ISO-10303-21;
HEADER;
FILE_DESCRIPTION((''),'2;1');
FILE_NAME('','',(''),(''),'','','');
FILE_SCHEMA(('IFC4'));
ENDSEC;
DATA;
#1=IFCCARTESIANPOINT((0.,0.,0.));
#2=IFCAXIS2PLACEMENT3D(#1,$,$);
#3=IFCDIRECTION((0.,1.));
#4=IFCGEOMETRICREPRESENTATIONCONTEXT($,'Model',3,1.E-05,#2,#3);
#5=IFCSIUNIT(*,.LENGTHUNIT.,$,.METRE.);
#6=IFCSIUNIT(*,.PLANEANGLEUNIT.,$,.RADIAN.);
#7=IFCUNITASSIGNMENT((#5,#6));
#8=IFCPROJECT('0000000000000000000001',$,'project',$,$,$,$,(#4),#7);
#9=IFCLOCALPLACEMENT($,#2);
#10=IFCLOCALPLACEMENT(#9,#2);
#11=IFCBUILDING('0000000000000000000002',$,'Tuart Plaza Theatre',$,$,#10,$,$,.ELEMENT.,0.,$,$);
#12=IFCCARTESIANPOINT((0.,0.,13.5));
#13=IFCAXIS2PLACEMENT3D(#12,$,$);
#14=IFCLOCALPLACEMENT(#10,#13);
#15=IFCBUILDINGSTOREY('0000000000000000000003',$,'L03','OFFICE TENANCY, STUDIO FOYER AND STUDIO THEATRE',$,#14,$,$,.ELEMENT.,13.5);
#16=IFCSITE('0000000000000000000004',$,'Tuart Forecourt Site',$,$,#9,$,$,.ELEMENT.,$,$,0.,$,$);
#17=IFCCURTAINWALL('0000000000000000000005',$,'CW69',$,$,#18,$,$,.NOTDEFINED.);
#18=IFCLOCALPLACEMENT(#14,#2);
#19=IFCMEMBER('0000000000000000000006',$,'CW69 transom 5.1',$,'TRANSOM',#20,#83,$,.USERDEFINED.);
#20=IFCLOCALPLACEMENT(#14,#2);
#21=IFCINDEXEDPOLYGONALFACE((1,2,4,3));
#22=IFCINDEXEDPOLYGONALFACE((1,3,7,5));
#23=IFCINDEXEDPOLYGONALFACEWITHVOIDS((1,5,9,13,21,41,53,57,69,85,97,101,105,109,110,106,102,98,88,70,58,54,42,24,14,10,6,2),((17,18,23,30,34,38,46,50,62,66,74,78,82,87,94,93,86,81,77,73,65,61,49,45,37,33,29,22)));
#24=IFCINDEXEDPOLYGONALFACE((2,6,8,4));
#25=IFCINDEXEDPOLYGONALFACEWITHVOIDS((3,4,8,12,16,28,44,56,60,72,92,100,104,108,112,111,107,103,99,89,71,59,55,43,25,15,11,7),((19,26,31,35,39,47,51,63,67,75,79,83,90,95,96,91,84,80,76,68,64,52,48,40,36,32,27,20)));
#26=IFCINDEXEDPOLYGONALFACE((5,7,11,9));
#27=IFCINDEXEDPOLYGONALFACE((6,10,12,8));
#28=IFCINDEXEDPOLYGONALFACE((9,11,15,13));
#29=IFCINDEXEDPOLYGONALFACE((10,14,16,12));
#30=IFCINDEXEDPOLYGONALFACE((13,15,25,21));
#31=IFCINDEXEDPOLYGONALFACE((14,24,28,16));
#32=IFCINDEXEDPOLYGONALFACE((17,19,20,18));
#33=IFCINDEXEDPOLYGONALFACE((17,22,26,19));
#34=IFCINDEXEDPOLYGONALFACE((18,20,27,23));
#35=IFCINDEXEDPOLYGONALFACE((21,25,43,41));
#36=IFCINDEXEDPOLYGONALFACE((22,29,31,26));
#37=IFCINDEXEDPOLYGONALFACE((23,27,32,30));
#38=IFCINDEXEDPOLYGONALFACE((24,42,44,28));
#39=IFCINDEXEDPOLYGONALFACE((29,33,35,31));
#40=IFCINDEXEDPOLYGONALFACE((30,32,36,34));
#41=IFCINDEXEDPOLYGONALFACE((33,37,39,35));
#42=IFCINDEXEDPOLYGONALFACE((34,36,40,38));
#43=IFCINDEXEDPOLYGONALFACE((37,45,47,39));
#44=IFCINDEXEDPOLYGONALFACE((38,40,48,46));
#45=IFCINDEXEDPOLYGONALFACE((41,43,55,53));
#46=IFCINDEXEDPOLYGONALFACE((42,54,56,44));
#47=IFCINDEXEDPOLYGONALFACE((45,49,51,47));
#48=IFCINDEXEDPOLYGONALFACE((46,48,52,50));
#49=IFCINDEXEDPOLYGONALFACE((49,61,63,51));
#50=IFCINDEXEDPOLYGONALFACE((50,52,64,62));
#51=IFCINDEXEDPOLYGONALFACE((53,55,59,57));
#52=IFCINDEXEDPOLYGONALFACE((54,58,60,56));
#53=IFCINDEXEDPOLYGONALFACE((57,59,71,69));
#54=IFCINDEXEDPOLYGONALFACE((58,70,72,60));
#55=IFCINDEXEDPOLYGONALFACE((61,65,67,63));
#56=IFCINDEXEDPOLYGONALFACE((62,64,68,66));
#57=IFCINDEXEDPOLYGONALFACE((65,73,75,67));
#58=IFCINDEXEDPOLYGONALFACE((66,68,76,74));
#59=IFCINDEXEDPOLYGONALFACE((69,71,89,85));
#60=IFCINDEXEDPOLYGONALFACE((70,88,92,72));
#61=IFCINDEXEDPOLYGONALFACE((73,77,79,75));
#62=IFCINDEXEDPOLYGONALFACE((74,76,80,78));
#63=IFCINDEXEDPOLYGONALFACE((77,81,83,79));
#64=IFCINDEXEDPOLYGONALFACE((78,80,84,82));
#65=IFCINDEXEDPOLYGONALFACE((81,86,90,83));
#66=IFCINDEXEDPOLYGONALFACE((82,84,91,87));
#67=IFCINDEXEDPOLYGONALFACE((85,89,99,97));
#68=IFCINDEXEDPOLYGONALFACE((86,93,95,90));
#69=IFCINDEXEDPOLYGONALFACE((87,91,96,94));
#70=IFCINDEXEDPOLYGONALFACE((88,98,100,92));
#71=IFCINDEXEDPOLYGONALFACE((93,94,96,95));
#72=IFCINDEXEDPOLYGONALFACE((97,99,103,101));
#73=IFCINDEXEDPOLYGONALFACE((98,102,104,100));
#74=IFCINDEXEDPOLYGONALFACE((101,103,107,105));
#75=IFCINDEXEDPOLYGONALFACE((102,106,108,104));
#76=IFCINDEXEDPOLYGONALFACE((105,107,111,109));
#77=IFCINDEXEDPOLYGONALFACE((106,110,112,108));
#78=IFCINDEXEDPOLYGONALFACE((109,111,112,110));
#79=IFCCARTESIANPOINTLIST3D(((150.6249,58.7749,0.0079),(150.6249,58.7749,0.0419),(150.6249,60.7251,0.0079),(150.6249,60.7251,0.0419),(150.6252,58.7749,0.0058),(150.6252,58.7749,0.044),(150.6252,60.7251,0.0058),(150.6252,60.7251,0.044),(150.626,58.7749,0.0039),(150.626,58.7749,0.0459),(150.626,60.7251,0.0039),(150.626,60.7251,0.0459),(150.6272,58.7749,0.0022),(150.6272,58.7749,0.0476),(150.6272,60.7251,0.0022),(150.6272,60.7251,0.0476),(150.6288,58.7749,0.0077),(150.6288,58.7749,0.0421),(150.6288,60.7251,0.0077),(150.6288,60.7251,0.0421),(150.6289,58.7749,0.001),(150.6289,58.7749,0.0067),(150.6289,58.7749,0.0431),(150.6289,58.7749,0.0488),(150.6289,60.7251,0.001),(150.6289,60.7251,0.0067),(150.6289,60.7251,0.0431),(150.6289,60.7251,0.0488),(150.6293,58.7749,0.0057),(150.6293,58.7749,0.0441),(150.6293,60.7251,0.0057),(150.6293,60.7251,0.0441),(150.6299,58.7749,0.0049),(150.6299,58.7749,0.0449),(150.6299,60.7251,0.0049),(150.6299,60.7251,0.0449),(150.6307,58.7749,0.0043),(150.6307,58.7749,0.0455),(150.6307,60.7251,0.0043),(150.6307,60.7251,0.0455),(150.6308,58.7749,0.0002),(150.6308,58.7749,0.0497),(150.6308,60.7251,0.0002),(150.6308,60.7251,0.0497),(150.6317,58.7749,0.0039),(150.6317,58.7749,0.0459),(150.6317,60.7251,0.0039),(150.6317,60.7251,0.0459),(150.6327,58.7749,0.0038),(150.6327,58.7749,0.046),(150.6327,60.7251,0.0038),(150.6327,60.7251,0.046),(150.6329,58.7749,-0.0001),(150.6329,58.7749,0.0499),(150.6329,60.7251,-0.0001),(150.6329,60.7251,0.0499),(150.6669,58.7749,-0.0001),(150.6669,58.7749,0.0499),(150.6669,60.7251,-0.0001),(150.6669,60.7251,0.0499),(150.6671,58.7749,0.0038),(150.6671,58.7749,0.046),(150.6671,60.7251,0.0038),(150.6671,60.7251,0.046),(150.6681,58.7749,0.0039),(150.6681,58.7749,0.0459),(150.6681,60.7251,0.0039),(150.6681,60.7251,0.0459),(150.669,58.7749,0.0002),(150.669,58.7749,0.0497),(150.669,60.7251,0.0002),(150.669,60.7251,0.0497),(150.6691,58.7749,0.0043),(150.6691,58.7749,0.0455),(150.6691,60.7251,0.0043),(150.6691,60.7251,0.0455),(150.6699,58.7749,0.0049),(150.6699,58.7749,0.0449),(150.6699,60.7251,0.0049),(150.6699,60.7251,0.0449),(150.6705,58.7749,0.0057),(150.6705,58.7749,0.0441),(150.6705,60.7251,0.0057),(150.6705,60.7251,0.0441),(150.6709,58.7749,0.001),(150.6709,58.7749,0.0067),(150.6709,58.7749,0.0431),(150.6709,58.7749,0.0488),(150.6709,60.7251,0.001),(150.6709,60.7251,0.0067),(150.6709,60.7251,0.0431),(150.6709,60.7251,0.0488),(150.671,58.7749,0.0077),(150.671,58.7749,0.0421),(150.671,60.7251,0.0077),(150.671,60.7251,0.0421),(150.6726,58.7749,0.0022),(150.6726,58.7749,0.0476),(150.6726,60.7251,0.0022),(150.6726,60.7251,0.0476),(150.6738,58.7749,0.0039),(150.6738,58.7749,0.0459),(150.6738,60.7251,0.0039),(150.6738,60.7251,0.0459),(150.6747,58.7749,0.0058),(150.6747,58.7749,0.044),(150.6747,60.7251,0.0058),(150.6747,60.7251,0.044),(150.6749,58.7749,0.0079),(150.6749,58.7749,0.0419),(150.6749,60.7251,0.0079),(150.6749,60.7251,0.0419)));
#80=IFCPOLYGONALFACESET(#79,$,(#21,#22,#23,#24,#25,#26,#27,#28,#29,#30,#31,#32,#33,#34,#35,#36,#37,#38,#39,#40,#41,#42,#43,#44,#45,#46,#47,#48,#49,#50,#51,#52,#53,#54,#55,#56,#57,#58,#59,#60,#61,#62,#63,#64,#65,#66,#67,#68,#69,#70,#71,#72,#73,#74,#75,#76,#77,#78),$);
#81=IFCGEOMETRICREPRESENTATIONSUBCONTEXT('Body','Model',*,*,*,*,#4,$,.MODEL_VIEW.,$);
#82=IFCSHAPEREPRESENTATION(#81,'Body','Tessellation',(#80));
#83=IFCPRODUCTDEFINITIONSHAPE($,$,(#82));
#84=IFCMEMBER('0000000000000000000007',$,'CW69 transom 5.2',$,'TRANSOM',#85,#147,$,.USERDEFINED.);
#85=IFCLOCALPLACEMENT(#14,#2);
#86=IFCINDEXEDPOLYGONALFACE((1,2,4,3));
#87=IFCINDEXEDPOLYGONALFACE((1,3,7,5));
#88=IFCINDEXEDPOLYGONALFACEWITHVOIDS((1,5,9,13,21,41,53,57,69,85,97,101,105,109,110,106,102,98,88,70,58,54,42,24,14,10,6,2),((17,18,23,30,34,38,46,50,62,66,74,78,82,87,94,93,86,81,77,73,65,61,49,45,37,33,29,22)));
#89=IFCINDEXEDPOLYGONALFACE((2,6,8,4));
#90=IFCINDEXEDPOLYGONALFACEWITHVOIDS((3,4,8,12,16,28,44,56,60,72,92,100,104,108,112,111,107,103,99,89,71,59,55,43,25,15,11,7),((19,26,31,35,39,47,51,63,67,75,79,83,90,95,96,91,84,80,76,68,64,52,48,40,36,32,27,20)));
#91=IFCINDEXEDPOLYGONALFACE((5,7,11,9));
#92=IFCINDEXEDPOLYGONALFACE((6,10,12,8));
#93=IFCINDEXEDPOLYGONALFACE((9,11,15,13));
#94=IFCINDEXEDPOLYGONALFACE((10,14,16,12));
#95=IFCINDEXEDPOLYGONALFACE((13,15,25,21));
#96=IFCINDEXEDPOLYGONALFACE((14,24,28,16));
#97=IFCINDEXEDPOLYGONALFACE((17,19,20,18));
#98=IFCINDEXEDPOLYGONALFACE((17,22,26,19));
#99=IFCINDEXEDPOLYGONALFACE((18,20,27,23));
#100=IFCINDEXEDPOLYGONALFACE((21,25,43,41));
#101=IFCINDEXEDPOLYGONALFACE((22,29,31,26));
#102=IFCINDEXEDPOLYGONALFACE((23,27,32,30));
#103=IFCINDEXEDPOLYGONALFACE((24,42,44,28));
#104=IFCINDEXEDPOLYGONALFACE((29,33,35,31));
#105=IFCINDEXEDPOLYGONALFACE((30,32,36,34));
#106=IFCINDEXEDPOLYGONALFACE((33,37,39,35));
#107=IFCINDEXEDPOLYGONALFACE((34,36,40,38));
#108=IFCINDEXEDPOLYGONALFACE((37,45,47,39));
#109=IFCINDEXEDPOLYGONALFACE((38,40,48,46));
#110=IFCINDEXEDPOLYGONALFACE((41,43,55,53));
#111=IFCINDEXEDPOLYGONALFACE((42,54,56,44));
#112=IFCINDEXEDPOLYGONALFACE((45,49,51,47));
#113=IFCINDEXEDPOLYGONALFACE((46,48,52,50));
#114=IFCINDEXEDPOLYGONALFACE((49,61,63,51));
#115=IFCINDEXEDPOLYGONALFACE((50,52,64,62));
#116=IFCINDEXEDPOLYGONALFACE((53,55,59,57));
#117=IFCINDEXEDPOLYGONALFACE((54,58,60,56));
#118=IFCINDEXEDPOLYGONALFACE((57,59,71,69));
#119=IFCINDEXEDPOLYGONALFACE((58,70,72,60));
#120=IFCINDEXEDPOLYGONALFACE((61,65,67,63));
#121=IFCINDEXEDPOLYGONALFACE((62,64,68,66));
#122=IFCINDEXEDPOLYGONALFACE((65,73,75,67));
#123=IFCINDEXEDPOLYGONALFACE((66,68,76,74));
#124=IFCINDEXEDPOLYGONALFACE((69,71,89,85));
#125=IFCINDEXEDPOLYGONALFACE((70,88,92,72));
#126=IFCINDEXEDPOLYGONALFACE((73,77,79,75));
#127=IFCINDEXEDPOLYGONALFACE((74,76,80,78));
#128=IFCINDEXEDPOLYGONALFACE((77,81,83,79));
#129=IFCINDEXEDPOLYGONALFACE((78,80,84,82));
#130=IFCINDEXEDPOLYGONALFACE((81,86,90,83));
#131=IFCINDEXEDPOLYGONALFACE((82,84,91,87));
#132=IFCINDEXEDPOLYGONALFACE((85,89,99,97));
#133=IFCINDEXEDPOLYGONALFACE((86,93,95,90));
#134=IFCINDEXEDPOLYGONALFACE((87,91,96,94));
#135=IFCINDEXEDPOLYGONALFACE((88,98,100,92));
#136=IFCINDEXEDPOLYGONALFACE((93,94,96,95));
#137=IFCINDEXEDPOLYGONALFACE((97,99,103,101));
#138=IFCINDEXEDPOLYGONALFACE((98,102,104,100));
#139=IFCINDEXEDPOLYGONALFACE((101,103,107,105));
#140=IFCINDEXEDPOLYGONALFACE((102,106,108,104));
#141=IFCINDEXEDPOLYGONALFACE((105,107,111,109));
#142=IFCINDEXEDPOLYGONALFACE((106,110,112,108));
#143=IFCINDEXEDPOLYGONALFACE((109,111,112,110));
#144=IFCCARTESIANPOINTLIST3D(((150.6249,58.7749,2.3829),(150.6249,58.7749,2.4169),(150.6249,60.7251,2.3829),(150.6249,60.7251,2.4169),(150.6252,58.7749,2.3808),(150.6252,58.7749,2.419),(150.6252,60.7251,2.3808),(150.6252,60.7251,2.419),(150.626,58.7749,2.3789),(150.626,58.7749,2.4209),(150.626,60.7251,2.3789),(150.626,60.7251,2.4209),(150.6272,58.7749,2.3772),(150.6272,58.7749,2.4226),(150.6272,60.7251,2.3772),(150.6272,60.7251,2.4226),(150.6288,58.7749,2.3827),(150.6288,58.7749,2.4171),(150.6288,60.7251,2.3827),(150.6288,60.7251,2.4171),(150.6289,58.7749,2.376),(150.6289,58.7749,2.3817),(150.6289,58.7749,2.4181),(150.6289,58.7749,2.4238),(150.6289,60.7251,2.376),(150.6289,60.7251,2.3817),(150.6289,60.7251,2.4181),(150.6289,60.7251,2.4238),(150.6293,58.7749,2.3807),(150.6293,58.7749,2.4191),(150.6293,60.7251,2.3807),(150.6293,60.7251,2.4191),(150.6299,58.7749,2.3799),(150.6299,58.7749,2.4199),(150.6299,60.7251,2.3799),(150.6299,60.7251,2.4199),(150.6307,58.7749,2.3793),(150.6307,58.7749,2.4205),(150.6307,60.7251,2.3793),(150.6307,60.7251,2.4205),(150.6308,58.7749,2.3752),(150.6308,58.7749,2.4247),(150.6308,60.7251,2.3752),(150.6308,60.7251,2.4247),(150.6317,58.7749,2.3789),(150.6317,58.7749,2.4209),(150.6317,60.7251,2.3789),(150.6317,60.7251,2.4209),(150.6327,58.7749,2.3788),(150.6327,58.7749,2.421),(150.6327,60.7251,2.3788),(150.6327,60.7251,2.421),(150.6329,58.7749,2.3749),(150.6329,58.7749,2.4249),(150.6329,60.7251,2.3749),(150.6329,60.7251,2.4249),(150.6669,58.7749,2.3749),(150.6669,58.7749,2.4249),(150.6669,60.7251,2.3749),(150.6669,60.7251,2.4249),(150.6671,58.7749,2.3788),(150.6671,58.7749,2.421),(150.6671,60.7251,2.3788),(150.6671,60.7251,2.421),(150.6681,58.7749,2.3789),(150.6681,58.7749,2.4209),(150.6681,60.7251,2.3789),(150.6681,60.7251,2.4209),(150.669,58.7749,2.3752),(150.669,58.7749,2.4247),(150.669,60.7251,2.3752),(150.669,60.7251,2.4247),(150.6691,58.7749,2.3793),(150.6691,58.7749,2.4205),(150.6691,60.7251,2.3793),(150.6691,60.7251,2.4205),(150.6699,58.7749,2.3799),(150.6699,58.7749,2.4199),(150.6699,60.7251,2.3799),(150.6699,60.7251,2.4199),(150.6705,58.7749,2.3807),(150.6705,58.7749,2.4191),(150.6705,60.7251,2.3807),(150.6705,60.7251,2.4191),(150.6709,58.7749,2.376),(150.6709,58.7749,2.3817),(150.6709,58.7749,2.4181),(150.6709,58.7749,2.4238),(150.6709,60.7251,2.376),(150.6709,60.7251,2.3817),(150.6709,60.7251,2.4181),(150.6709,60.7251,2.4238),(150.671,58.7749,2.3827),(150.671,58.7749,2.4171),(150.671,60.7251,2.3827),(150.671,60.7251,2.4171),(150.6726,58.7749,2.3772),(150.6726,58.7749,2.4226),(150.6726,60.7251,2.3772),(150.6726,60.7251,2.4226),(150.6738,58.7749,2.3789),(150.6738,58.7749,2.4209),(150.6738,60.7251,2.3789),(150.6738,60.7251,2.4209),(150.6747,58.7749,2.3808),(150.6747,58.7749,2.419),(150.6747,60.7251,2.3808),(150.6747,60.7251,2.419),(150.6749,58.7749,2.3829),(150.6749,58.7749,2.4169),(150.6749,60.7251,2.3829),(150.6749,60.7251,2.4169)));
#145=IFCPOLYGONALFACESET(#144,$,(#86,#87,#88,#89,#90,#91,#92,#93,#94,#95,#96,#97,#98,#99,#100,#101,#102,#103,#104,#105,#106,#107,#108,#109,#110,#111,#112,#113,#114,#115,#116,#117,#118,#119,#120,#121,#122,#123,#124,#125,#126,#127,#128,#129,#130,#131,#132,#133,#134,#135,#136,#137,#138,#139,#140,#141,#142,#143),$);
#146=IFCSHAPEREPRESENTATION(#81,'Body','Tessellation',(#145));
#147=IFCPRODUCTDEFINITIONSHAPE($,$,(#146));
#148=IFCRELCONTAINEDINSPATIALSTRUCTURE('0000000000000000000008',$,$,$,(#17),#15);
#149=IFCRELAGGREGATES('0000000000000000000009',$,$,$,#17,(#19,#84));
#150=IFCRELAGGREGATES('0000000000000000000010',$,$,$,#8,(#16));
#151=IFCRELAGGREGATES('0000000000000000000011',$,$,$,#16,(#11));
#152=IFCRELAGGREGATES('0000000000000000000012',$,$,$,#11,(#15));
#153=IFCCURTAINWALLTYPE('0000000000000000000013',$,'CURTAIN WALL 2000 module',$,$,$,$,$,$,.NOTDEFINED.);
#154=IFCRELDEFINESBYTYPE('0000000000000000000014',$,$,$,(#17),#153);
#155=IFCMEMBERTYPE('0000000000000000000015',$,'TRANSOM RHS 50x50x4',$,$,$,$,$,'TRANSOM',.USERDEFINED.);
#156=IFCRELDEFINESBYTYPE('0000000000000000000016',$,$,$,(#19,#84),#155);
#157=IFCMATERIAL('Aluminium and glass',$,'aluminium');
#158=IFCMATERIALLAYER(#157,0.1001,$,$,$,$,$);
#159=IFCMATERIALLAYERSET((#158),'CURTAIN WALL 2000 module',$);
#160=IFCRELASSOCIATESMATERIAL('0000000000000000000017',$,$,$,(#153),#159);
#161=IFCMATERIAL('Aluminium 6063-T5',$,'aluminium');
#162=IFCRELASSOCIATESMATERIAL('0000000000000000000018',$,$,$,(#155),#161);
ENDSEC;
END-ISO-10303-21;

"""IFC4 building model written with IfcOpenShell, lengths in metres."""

from ifc_helpers import new_model, si_unit, direction, frame, origin, origin_2d, place, context, subcontext, project, spatial, hollow_rectangle, extrude, material, layer, layer_set, material_profile, profile_set, type_object, element, aggregate, save


model = new_model("IFC4")

# Units and contexts
model_context = context("Model", 3, precision=1e-05, world=origin(), true_north=direction((0.0, 1.0)))
body_context = subcontext(model_context, "Body", "Model", "MODEL_VIEW")
ifc_project = project(units=[si_unit("LENGTHUNIT", "METRE"), si_unit("PLANEANGLEUNIT", "RADIAN")], contexts=[model_context])

# Site, building, storey
site_placement = place(None, origin())
site = spatial("IfcSite", under=ifc_project, at=site_placement, Name="Tuart Forecourt Site", CompositionType="ELEMENT", RefElevation=0.0)
building_placement = place(site_placement, origin())
building = spatial("IfcBuilding", under=site, at=building_placement, Name="Tuart Plaza Theatre", CompositionType="ELEMENT", ElevationOfRefHeight=0.0)
storey_placement = place(building_placement, frame((0.0, 0.0, 13.5)))
storey = spatial("IfcBuildingStorey", under=building, at=storey_placement, Name="L03", Description="OFFICE TENANCY, STUDIO FOYER AND STUDIO THEATRE", CompositionType="ELEMENT", Elevation=13.5)

# Curtain wall, members
ifc_material_1 = material(Name="Aluminium and glass", Category="aluminium")
ifc_layer_1 = layer(ifc_material_1, 0.1001)
ifc_layer_set_1 = layer_set([ifc_layer_1], Name="CURTAIN WALL 2000 module")
curtain_wall_type = type_object("IfcCurtainWallType", Name="CURTAIN WALL 2000 module", PredefinedType="NOTDEFINED", material=ifc_layer_set_1)
curtain_wall_placement = place(storey_placement, origin())
curtain_wall = element("IfcCurtainWall", 1, at=curtain_wall_placement, inside=storey, type_object=curtain_wall_type, Name="CW69", PredefinedType="NOTDEFINED")
ifc_material_2 = material(Name="Aluminium 6063-T5", Category="aluminium")
ifc_material_profile_1 = material_profile(ifc_material_2, hollow_rectangle(XDim=0.05, YDim=0.05, WallThickness=0.0039, InnerFilletRadius=0.0039, OuterFilletRadius=0.0081, at=origin_2d()), Name="RHS 50x50x4")
ifc_profile_set_1 = profile_set([ifc_material_profile_1], Name="Aluminium 6063-T5")
member_type_1 = type_object("IfcMemberType", Name="TRANSOM RHS 50x50x4", ElementType="TRANSOM", PredefinedType="USERDEFINED", material=ifc_profile_set_1)
member_1_placement = place(storey_placement, frame((150.6499, 58.7749, 0.0249), z_axis=(0.0, 1.0, 0.0), x_axis=(-1.0, 0.0, 0.0)))
member_1 = element("IfcMember", 2, at=member_1_placement, type_object=member_type_1, Name="CW69 transom 5.1", ObjectType="TRANSOM", PredefinedType="USERDEFINED", context=body_context, shape_type="SweptSolid", body=[
    extrude(hollow_rectangle(XDim=0.05, YDim=0.05, WallThickness=0.0039, InnerFilletRadius=0.0039, OuterFilletRadius=0.0081, at=origin_2d()), origin(), (0.0, 0.0, 1.0), 1.9502),
])
member_2_placement = place(storey_placement, frame((150.6499, 58.7749, 2.3999), z_axis=(0.0, 1.0, 0.0), x_axis=(-1.0, 0.0, 0.0)))
member_2 = element("IfcMember", 3, at=member_2_placement, type_object=member_type_1, Name="CW69 transom 5.2", ObjectType="TRANSOM", PredefinedType="USERDEFINED", context=body_context, shape_type="SweptSolid", body=[
    extrude(hollow_rectangle(XDim=0.05, YDim=0.05, WallThickness=0.0039, InnerFilletRadius=0.0039, OuterFilletRadius=0.0081, at=origin_2d()), origin(), (0.0, 0.0, 1.0), 1.9502),
])
aggregate(curtain_wall, [member_1, member_2])

save(model, "model.ifc")
